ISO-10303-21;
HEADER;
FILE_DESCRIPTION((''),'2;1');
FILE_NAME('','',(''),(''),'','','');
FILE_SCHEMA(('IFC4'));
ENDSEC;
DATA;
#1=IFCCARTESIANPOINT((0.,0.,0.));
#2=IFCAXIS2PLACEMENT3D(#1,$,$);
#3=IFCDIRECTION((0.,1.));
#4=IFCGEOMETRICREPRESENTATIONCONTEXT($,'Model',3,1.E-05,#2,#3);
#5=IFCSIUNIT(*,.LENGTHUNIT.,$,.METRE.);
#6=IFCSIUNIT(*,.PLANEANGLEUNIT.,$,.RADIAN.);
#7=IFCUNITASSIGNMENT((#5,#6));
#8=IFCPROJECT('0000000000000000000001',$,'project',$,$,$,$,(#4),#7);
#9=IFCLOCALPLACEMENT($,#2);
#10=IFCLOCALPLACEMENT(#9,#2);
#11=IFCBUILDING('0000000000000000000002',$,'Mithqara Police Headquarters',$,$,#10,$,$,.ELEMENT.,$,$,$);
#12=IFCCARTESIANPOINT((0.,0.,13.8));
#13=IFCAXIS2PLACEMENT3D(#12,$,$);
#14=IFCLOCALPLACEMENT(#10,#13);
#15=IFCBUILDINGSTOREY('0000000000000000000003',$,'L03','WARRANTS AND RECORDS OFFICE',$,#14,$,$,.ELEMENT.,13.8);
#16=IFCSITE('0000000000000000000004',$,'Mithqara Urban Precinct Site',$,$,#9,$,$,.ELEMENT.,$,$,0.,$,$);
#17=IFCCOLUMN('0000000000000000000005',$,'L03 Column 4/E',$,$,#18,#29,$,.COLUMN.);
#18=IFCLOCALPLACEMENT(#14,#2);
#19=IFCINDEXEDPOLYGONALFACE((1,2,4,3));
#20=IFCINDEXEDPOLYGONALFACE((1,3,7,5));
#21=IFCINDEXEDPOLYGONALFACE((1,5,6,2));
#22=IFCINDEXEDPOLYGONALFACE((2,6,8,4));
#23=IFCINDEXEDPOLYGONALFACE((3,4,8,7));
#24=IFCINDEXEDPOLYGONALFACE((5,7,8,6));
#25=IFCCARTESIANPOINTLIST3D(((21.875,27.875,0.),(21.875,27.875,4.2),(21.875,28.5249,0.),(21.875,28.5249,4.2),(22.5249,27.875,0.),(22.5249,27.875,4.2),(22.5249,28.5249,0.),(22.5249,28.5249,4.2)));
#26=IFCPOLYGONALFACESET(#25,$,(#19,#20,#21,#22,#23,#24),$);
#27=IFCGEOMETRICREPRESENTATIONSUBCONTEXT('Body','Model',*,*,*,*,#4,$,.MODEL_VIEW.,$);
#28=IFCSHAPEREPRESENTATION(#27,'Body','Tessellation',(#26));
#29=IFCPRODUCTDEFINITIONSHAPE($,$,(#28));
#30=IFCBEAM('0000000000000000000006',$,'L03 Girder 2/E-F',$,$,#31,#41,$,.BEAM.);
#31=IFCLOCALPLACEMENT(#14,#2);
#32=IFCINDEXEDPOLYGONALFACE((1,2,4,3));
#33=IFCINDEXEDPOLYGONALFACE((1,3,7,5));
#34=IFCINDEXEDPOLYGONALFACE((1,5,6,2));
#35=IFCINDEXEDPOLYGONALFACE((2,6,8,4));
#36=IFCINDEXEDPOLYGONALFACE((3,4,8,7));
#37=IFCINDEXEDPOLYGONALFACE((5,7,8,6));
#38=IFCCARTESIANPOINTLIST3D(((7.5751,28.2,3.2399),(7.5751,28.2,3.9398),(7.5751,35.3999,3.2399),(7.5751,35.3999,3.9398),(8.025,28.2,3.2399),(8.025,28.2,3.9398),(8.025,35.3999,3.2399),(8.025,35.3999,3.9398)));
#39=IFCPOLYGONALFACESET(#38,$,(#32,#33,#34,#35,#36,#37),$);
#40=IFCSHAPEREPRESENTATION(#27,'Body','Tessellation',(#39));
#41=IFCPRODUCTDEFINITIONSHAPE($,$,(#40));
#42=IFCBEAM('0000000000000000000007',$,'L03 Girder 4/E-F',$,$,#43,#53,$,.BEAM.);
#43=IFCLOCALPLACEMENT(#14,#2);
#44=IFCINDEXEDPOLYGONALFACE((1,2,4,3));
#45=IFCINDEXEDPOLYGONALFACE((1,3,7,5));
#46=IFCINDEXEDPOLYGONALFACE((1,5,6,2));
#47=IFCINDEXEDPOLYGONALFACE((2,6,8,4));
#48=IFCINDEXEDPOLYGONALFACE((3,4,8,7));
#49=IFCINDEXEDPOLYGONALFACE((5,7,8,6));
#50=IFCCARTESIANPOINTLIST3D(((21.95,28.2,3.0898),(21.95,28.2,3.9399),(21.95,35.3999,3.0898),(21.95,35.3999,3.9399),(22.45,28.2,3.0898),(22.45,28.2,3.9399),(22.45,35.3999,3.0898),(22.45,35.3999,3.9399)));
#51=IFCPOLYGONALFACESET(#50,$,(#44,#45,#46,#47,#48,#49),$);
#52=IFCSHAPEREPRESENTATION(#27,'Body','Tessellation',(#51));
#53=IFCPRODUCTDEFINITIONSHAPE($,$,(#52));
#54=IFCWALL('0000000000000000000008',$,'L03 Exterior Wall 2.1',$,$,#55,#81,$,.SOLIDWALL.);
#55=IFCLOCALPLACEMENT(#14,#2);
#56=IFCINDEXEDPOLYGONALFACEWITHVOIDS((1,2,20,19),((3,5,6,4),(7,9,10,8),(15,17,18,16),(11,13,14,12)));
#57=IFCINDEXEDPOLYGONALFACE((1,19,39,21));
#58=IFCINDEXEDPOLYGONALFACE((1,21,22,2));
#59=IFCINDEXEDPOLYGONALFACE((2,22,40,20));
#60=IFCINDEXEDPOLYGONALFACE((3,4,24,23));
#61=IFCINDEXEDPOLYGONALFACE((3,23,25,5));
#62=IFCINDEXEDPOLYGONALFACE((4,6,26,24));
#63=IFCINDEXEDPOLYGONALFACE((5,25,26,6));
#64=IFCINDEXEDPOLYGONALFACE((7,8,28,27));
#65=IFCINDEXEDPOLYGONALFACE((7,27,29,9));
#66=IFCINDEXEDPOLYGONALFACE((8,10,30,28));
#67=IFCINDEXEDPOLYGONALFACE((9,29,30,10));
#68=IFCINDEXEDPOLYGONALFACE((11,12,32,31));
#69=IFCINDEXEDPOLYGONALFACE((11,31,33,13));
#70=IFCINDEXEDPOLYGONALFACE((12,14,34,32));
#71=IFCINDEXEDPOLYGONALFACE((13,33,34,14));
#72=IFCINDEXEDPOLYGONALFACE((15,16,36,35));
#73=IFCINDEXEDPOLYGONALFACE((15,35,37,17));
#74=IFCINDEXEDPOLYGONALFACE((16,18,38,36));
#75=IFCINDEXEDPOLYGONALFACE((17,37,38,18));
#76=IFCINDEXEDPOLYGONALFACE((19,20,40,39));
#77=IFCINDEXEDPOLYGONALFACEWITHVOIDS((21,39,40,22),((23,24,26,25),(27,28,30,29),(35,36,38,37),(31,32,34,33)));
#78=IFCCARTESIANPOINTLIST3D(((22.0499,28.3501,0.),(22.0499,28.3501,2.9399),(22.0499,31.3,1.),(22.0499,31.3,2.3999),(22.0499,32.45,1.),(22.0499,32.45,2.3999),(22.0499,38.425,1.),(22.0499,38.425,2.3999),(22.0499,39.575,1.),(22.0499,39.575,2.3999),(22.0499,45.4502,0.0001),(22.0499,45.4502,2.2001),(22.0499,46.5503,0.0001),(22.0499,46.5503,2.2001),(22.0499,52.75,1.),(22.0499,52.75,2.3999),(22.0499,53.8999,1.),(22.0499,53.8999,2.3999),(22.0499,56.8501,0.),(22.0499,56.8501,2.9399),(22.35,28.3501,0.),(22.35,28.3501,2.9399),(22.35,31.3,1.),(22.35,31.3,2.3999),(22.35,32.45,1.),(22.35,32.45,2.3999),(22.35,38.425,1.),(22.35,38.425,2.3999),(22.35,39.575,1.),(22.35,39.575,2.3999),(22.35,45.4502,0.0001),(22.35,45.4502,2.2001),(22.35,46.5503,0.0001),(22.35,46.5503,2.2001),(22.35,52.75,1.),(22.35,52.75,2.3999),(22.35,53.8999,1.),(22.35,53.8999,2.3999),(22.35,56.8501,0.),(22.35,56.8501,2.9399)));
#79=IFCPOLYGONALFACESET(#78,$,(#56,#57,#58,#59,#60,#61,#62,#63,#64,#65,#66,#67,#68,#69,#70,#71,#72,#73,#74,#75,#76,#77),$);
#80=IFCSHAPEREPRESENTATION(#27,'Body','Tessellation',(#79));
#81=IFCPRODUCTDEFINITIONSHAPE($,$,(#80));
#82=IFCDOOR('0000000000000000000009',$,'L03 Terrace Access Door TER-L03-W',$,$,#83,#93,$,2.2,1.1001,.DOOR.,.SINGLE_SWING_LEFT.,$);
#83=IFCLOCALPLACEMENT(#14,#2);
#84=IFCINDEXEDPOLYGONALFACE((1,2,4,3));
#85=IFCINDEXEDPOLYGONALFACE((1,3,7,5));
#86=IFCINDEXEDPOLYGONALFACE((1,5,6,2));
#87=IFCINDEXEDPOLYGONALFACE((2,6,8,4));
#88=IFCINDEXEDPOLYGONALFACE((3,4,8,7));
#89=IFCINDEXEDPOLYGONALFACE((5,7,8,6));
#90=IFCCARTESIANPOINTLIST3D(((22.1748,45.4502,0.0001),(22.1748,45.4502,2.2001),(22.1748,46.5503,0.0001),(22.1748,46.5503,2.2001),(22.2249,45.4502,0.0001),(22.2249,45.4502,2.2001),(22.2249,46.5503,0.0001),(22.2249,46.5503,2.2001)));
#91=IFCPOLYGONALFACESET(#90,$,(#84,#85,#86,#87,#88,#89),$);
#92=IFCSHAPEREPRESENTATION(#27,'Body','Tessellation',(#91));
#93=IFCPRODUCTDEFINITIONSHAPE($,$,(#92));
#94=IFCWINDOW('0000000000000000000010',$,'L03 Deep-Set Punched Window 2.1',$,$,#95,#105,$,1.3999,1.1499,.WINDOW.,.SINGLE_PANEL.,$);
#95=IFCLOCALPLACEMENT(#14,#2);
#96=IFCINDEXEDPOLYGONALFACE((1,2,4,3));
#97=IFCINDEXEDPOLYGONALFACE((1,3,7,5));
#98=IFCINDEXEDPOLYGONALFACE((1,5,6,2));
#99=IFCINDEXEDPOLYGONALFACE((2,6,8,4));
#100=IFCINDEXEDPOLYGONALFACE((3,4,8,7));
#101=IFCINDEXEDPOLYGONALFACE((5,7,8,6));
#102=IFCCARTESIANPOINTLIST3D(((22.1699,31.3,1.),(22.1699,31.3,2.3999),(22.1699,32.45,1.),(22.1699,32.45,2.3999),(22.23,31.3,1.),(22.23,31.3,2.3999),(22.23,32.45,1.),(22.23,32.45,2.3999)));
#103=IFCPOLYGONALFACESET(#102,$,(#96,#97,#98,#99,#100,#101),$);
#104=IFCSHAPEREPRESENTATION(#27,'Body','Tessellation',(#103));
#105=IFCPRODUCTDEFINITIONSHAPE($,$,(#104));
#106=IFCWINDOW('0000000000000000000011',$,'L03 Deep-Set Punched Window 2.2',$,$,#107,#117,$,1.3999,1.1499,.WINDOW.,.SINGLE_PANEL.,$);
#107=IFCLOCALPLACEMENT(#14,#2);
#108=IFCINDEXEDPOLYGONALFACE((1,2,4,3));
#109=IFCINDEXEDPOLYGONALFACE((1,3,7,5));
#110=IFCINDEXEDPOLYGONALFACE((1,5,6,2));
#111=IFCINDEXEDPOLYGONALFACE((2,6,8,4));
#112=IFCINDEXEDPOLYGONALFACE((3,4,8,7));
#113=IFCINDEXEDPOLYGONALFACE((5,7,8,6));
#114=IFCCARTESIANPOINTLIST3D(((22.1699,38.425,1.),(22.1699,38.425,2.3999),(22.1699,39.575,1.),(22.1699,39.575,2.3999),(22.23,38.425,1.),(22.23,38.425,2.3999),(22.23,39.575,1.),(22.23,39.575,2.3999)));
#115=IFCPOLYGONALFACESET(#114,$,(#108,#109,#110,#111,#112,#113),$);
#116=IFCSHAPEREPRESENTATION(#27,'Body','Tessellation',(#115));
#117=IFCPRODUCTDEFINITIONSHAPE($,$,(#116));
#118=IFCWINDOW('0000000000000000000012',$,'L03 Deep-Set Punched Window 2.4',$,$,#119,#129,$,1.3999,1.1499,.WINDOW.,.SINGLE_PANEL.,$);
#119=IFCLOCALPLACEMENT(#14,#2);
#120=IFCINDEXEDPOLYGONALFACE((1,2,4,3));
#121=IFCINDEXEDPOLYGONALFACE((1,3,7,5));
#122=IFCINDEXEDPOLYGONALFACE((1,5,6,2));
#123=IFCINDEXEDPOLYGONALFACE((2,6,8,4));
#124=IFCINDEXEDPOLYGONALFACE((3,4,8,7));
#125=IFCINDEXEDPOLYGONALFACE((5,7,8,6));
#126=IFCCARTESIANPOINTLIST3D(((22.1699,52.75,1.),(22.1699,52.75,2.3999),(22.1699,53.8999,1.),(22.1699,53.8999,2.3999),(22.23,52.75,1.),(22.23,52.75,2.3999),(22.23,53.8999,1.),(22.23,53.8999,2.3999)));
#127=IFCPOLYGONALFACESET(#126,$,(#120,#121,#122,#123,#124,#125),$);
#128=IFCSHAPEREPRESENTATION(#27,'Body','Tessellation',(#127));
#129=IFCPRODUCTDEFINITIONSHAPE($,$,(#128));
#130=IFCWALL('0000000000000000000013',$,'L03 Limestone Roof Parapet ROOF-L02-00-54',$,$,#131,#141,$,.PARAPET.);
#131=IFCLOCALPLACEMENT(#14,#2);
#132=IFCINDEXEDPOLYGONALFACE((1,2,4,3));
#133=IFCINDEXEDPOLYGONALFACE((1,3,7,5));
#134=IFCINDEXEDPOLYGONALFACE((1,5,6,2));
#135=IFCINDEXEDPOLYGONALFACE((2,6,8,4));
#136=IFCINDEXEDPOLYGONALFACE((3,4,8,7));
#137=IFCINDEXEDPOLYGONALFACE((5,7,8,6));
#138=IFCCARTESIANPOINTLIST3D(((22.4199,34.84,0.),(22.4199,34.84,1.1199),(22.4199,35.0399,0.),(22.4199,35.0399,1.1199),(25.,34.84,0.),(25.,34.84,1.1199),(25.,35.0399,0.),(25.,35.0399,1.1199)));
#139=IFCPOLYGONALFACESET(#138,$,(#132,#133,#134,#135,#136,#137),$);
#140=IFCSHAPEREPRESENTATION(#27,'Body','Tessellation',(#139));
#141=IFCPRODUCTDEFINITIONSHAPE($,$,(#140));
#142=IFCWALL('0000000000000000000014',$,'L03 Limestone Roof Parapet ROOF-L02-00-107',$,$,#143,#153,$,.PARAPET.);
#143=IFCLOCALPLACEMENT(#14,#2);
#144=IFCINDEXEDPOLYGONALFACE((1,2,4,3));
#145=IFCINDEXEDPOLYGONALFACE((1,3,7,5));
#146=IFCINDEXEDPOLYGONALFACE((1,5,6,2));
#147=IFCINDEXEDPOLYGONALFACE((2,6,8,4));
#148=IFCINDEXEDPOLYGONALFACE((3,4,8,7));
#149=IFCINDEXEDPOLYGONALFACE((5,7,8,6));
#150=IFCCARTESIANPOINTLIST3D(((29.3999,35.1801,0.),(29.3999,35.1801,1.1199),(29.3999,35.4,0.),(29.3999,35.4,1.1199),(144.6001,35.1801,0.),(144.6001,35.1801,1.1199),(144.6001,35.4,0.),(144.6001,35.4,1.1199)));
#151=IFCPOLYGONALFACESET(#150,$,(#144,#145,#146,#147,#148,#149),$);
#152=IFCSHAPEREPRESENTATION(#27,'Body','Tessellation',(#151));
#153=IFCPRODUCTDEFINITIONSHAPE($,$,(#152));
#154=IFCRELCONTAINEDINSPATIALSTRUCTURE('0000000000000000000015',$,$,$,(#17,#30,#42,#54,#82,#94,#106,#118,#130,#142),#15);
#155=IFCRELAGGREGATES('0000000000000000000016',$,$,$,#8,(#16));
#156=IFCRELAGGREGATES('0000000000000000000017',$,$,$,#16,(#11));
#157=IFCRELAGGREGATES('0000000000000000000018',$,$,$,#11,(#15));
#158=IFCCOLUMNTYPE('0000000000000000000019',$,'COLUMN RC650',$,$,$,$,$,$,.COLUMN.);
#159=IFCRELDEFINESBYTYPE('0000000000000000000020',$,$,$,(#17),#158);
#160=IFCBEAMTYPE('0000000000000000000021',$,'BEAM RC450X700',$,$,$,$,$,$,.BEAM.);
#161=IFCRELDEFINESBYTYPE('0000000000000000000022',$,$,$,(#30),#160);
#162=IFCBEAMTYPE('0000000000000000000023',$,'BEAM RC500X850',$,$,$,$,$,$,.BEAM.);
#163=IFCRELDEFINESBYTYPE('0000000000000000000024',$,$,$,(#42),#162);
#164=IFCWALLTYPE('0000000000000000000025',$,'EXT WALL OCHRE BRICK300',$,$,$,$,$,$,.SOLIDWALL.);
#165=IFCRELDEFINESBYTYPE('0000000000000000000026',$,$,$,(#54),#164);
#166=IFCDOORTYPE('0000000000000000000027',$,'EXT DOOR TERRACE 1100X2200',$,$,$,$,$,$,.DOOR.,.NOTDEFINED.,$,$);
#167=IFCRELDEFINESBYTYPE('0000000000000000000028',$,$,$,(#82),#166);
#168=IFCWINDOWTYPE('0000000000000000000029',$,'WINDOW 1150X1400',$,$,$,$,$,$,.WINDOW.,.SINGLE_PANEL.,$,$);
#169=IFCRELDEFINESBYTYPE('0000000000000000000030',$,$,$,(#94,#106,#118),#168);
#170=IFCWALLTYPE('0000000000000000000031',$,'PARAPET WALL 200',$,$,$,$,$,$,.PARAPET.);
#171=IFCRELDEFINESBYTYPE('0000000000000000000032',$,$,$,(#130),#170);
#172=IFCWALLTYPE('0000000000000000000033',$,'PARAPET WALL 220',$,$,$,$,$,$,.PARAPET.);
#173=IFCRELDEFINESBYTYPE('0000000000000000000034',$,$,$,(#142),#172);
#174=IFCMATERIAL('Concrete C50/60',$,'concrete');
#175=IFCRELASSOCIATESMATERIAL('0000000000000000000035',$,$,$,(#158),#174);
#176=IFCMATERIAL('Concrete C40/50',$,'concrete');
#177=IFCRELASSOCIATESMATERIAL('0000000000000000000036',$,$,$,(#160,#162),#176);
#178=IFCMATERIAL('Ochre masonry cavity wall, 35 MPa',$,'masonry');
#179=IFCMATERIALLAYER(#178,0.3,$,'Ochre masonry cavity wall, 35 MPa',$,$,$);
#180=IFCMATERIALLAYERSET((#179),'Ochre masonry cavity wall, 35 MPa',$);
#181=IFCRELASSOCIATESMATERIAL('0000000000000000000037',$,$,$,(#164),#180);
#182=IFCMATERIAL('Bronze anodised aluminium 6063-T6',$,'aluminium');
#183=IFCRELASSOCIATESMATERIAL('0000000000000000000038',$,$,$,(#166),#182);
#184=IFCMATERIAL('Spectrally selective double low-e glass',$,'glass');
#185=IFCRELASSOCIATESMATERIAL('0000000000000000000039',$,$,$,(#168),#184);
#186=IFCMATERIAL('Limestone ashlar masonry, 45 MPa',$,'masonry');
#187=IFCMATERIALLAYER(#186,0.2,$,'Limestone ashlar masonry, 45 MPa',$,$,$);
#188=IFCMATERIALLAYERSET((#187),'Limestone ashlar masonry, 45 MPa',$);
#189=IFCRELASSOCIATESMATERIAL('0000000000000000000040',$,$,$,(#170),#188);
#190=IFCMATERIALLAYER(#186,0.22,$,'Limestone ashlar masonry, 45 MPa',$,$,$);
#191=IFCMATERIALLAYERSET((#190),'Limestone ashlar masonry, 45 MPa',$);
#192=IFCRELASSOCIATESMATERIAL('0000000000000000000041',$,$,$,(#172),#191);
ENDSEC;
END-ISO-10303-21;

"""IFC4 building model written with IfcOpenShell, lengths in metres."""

from ifc_helpers import new_model, si_unit, direction, frame, frame_2d, origin, origin_2d, place, context, subcontext, project, spatial, rectangle, extrude, material, layer, layer_set, material_profile, profile_set, type_object, element, fill, save


model = new_model("IFC4")

# Units and contexts
model_context = context("Model", 3, precision=1e-05, world=origin(), true_north=direction((0.0, 1.0)))
body_context = subcontext(model_context, "Body", "Model", "MODEL_VIEW")
ifc_project = project(units=[si_unit("LENGTHUNIT", "METRE"), si_unit("PLANEANGLEUNIT", "RADIAN")], contexts=[model_context])

# Site, building, storey
site_placement = place(None, origin())
site = spatial("IfcSite", under=ifc_project, at=site_placement, Name="Mithqara Urban Precinct Site", CompositionType="ELEMENT", RefElevation=0.0)
building_placement = place(site_placement, origin())
building = spatial("IfcBuilding", under=site, at=building_placement, Name="Mithqara Police Headquarters", CompositionType="ELEMENT")
storey_placement = place(building_placement, frame((0.0, 0.0, 13.8)))
storey = spatial("IfcBuildingStorey", under=building, at=storey_placement, Name="L03", Description="WARRANTS AND RECORDS OFFICE", CompositionType="ELEMENT", Elevation=13.8)

# Column
ifc_material_1 = material(Name="Concrete C50/60", Category="concrete")
ifc_material_profile_1 = material_profile(ifc_material_1, rectangle(XDim=0.6499, YDim=0.6499, at=origin_2d()), Name="RC 650x650")
ifc_profile_set_1 = profile_set([ifc_material_profile_1], Name="Concrete C50/60")
column_type = type_object("IfcColumnType", Name="COLUMN RC650", PredefinedType="COLUMN", material=ifc_profile_set_1)
column_placement = place(storey_placement, frame((22.2, 28.2, 0.0), z_axis=(0.0, 0.0, 1.0), x_axis=(1.0, 0.0, 0.0)))
element("IfcColumn", 1, at=column_placement, inside=storey, type_object=column_type, Name="L03 Column 4/E", PredefinedType="COLUMN", context=body_context, shape_type="SweptSolid", body=[
    extrude(rectangle(XDim=0.6499, YDim=0.6499, at=origin_2d()), origin(), (0.0, 0.0, 1.0), 4.2),
])

# Beams
ifc_material_2 = material(Name="Concrete C40/50", Category="concrete")
ifc_material_profile_2 = material_profile(ifc_material_2, rectangle(XDim=0.45, YDim=0.7, at=origin_2d()), Name="RC 450x700")
ifc_profile_set_2 = profile_set([ifc_material_profile_2], Name="Concrete C40/50")
beam_type_1 = type_object("IfcBeamType", Name="BEAM RC450X700", PredefinedType="BEAM", material=ifc_profile_set_2)
beam_1_placement = place(storey_placement, frame((7.8, 28.2, 3.5898), z_axis=(0.0, 1.0, 0.0), x_axis=(-1.0, 0.0, 0.0)))
element("IfcBeam", 2, at=beam_1_placement, inside=storey, type_object=beam_type_1, Name="L03 Girder 2/E-F", PredefinedType="BEAM", context=body_context, shape_type="SweptSolid", body=[
    extrude(rectangle(XDim=0.45, YDim=0.7, at=origin_2d()), origin(), (0.0, 0.0, 1.0), 7.2),
])
ifc_material_profile_3 = material_profile(ifc_material_2, rectangle(XDim=0.5, YDim=0.8501, at=origin_2d()), Name="RC 500x850")
ifc_profile_set_3 = profile_set([ifc_material_profile_3], Name="Concrete C40/50")
beam_type_2 = type_object("IfcBeamType", Name="BEAM RC500X850", PredefinedType="BEAM", material=ifc_profile_set_3)
beam_2_placement = place(storey_placement, frame((22.2, 28.2, 3.5149), z_axis=(0.0, 1.0, 0.0), x_axis=(-1.0, 0.0, 0.0)))
element("IfcBeam", 3, at=beam_2_placement, inside=storey, type_object=beam_type_2, Name="L03 Girder 4/E-F", PredefinedType="BEAM", context=body_context, shape_type="SweptSolid", body=[
    extrude(rectangle(XDim=0.5, YDim=0.8501, at=origin_2d()), origin(), (0.0, 0.0, 1.0), 7.2),
])

# Wall, openings, door, windows
ifc_material_3 = material(Name="Ochre masonry cavity wall, 35 MPa", Category="masonry")
ifc_layer_1 = layer(ifc_material_3, 0.3, Name="Ochre masonry cavity wall, 35 MPa")
ifc_layer_set_1 = layer_set([ifc_layer_1], Name="Ochre masonry cavity wall, 35 MPa")
wall_type_1 = type_object("IfcWallType", Name="EXT WALL OCHRE BRICK300", PredefinedType="SOLIDWALL", material=ifc_layer_set_1)
wall_1_placement = place(storey_placement, frame((22.2, 28.3501, 0.0), z_axis=(0.0, 0.0, 1.0), x_axis=(0.0, 1.0, 0.0)))
wall_1 = element("IfcWall", 4, at=wall_1_placement, inside=storey, type_object=wall_type_1, Name="L03 Exterior Wall 2.1", PredefinedType="SOLIDWALL", context=body_context, shape_type="SweptSolid", body=[
    extrude(rectangle(XDim=28.5, YDim=0.3, at=frame_2d((14.25, 0.0))), origin(), (0.0, 0.0, 1.0), 2.9399),
])
opening_1_placement = place(wall_1_placement, frame((17.1001, 0.0, 0.0)))
opening_1 = element("IfcOpeningElement", 5, at=opening_1_placement, cuts=wall_1, PredefinedType="OPENING", context=body_context, shape_type="SweptSolid", body=[
    extrude(rectangle(XDim=1.1001, YDim=2.2, at=frame_2d((0.55, 1.1001))), frame((0.0, 0.1602, 0.0), z_axis=(0.0, -1.0, 0.0), x_axis=(1.0, 0.0, 0.0)), (0.0, 0.0, 1.0), 0.3201),
])
opening_2_placement = place(wall_1_placement, frame((2.95, 0.0, 1.0)))
opening_2 = element("IfcOpeningElement", 6, at=opening_2_placement, cuts=wall_1, PredefinedType="OPENING", context=body_context, shape_type="SweptSolid", body=[
    extrude(rectangle(XDim=1.1499, YDim=1.3999, at=frame_2d((0.575, 0.7))), frame((0.0, 0.1602, 0.0), z_axis=(0.0, -1.0, 0.0), x_axis=(1.0, 0.0, 0.0)), (0.0, 0.0, 1.0), 0.3201),
])
opening_3_placement = place(wall_1_placement, frame((10.075, 0.0, 1.0)))
opening_3 = element("IfcOpeningElement", 7, at=opening_3_placement, cuts=wall_1, PredefinedType="OPENING", context=body_context, shape_type="SweptSolid", body=[
    extrude(rectangle(XDim=1.1499, YDim=1.3999, at=frame_2d((0.575, 0.7))), frame((0.0, 0.1602, 0.0), z_axis=(0.0, -1.0, 0.0), x_axis=(1.0, 0.0, 0.0)), (0.0, 0.0, 1.0), 0.3201),
])
opening_4_placement = place(wall_1_placement, frame((24.3999, 0.0, 1.0)))
opening_4 = element("IfcOpeningElement", 8, at=opening_4_placement, cuts=wall_1, PredefinedType="OPENING", context=body_context, shape_type="SweptSolid", body=[
    extrude(rectangle(XDim=1.1499, YDim=1.3999, at=frame_2d((0.575, 0.7))), frame((0.0, 0.1602, 0.0), z_axis=(0.0, -1.0, 0.0), x_axis=(1.0, 0.0, 0.0)), (0.0, 0.0, 1.0), 0.3201),
])
ifc_material_4 = material(Name="Bronze anodised aluminium 6063-T6", Category="aluminium")
door_type_1 = type_object("IfcDoorType", Name="EXT DOOR TERRACE 1100X2200", OperationType="NOTDEFINED", PredefinedType="DOOR", material=ifc_material_4)
door_1_placement = place(opening_1_placement, frame((1.1001, 0.0, 0.0), z_axis=(0.0, 0.0, 1.0), x_axis=(-1.0, 0.0, 0.0)))
door_1 = element("IfcDoor", 9, at=door_1_placement, inside=storey, type_object=door_type_1, Name="L03 Terrace Access Door TER-L03-W", OperationType="SINGLE_SWING_LEFT", OverallHeight=2.2, OverallWidth=1.1001, PredefinedType="DOOR", context=body_context, shape_type="SweptSolid", body=[
    extrude(rectangle(XDim=1.1001, YDim=2.2, at=frame_2d((0.55, 1.1001))), frame((0.0, 0.0249, 0.0), z_axis=(0.0, -1.0, 0.0), x_axis=(1.0, 0.0, 0.0)), (0.0, 0.0, 1.0), 0.05),
])
fill(opening_1, door_1)
ifc_material_5 = material(Name="Spectrally selective double low-e glass", Category="glass")
window_type = type_object("IfcWindowType", Name="WINDOW 1150X1400", PartitioningType="SINGLE_PANEL", PredefinedType="WINDOW", material=ifc_material_5)
window_1_placement = place(opening_2_placement, origin())
window_1 = element("IfcWindow", 10, at=window_1_placement, inside=storey, type_object=window_type, Name="L03 Deep-Set Punched Window 2.1", OverallHeight=1.3999, OverallWidth=1.1499, PartitioningType="SINGLE_PANEL", PredefinedType="WINDOW", context=body_context, shape_type="SweptSolid", body=[
    extrude(rectangle(XDim=1.1499, YDim=1.3999, at=frame_2d((0.575, 0.7))), frame((0.0, 0.03, 0.0), z_axis=(0.0, -1.0, 0.0), x_axis=(1.0, 0.0, 0.0)), (0.0, 0.0, 1.0), 0.0601),
])
fill(opening_2, window_1)
window_2_placement = place(opening_3_placement, origin())
window_2 = element("IfcWindow", 11, at=window_2_placement, inside=storey, type_object=window_type, Name="L03 Deep-Set Punched Window 2.2", OverallHeight=1.3999, OverallWidth=1.1499, PartitioningType="SINGLE_PANEL", PredefinedType="WINDOW", context=body_context, shape_type="SweptSolid", body=[
    extrude(rectangle(XDim=1.1499, YDim=1.3999, at=frame_2d((0.575, 0.7))), frame((0.0, 0.03, 0.0), z_axis=(0.0, -1.0, 0.0), x_axis=(1.0, 0.0, 0.0)), (0.0, 0.0, 1.0), 0.0601),
])
fill(opening_3, window_2)
window_3_placement = place(opening_4_placement, origin())
window_3 = element("IfcWindow", 12, at=window_3_placement, inside=storey, type_object=window_type, Name="L03 Deep-Set Punched Window 2.4", OverallHeight=1.3999, OverallWidth=1.1499, PartitioningType="SINGLE_PANEL", PredefinedType="WINDOW", context=body_context, shape_type="SweptSolid", body=[
    extrude(rectangle(XDim=1.1499, YDim=1.3999, at=frame_2d((0.575, 0.7))), frame((0.0, 0.03, 0.0), z_axis=(0.0, -1.0, 0.0), x_axis=(1.0, 0.0, 0.0)), (0.0, 0.0, 1.0), 0.0601),
])
fill(opening_4, window_3)

# Walls
ifc_material_6 = material(Name="Limestone ashlar masonry, 45 MPa", Category="masonry")
ifc_layer_2 = layer(ifc_material_6, 0.2, Name="Limestone ashlar masonry, 45 MPa")
ifc_layer_set_2 = layer_set([ifc_layer_2], Name="Limestone ashlar masonry, 45 MPa")
wall_type_2 = type_object("IfcWallType", Name="PARAPET WALL 200", PredefinedType="PARAPET", material=ifc_layer_set_2)
wall_2_placement = place(storey_placement, frame((22.4199, 34.9399, 0.0), z_axis=(0.0, 0.0, 1.0), x_axis=(1.0, 0.0, 0.0)))
element("IfcWall", 13, at=wall_2_placement, inside=storey, type_object=wall_type_2, Name="L03 Limestone Roof Parapet ROOF-L02-00-54", PredefinedType="PARAPET", context=body_context, shape_type="SweptSolid", body=[
    extrude(rectangle(XDim=2.5801, YDim=0.2, at=frame_2d((1.29, 0.0))), origin(), (0.0, 0.0, 1.0), 1.1199),
])
ifc_layer_3 = layer(ifc_material_6, 0.22, Name="Limestone ashlar masonry, 45 MPa")
ifc_layer_set_3 = layer_set([ifc_layer_3], Name="Limestone ashlar masonry, 45 MPa")
wall_type_3 = type_object("IfcWallType", Name="PARAPET WALL 220", PredefinedType="PARAPET", material=ifc_layer_set_3)
wall_3_placement = place(storey_placement, frame((29.3999, 35.29, 0.0), z_axis=(0.0, 0.0, 1.0), x_axis=(1.0, 0.0, 0.0)))
element("IfcWall", 14, at=wall_3_placement, inside=storey, type_object=wall_type_3, Name="L03 Limestone Roof Parapet ROOF-L02-00-107", PredefinedType="PARAPET", context=body_context, shape_type="SweptSolid", body=[
    extrude(rectangle(XDim=115.2002, YDim=0.22, at=frame_2d((57.6001, 0.0))), origin(), (0.0, 0.0, 1.0), 1.1199),
])

save(model, "model.ifc")
